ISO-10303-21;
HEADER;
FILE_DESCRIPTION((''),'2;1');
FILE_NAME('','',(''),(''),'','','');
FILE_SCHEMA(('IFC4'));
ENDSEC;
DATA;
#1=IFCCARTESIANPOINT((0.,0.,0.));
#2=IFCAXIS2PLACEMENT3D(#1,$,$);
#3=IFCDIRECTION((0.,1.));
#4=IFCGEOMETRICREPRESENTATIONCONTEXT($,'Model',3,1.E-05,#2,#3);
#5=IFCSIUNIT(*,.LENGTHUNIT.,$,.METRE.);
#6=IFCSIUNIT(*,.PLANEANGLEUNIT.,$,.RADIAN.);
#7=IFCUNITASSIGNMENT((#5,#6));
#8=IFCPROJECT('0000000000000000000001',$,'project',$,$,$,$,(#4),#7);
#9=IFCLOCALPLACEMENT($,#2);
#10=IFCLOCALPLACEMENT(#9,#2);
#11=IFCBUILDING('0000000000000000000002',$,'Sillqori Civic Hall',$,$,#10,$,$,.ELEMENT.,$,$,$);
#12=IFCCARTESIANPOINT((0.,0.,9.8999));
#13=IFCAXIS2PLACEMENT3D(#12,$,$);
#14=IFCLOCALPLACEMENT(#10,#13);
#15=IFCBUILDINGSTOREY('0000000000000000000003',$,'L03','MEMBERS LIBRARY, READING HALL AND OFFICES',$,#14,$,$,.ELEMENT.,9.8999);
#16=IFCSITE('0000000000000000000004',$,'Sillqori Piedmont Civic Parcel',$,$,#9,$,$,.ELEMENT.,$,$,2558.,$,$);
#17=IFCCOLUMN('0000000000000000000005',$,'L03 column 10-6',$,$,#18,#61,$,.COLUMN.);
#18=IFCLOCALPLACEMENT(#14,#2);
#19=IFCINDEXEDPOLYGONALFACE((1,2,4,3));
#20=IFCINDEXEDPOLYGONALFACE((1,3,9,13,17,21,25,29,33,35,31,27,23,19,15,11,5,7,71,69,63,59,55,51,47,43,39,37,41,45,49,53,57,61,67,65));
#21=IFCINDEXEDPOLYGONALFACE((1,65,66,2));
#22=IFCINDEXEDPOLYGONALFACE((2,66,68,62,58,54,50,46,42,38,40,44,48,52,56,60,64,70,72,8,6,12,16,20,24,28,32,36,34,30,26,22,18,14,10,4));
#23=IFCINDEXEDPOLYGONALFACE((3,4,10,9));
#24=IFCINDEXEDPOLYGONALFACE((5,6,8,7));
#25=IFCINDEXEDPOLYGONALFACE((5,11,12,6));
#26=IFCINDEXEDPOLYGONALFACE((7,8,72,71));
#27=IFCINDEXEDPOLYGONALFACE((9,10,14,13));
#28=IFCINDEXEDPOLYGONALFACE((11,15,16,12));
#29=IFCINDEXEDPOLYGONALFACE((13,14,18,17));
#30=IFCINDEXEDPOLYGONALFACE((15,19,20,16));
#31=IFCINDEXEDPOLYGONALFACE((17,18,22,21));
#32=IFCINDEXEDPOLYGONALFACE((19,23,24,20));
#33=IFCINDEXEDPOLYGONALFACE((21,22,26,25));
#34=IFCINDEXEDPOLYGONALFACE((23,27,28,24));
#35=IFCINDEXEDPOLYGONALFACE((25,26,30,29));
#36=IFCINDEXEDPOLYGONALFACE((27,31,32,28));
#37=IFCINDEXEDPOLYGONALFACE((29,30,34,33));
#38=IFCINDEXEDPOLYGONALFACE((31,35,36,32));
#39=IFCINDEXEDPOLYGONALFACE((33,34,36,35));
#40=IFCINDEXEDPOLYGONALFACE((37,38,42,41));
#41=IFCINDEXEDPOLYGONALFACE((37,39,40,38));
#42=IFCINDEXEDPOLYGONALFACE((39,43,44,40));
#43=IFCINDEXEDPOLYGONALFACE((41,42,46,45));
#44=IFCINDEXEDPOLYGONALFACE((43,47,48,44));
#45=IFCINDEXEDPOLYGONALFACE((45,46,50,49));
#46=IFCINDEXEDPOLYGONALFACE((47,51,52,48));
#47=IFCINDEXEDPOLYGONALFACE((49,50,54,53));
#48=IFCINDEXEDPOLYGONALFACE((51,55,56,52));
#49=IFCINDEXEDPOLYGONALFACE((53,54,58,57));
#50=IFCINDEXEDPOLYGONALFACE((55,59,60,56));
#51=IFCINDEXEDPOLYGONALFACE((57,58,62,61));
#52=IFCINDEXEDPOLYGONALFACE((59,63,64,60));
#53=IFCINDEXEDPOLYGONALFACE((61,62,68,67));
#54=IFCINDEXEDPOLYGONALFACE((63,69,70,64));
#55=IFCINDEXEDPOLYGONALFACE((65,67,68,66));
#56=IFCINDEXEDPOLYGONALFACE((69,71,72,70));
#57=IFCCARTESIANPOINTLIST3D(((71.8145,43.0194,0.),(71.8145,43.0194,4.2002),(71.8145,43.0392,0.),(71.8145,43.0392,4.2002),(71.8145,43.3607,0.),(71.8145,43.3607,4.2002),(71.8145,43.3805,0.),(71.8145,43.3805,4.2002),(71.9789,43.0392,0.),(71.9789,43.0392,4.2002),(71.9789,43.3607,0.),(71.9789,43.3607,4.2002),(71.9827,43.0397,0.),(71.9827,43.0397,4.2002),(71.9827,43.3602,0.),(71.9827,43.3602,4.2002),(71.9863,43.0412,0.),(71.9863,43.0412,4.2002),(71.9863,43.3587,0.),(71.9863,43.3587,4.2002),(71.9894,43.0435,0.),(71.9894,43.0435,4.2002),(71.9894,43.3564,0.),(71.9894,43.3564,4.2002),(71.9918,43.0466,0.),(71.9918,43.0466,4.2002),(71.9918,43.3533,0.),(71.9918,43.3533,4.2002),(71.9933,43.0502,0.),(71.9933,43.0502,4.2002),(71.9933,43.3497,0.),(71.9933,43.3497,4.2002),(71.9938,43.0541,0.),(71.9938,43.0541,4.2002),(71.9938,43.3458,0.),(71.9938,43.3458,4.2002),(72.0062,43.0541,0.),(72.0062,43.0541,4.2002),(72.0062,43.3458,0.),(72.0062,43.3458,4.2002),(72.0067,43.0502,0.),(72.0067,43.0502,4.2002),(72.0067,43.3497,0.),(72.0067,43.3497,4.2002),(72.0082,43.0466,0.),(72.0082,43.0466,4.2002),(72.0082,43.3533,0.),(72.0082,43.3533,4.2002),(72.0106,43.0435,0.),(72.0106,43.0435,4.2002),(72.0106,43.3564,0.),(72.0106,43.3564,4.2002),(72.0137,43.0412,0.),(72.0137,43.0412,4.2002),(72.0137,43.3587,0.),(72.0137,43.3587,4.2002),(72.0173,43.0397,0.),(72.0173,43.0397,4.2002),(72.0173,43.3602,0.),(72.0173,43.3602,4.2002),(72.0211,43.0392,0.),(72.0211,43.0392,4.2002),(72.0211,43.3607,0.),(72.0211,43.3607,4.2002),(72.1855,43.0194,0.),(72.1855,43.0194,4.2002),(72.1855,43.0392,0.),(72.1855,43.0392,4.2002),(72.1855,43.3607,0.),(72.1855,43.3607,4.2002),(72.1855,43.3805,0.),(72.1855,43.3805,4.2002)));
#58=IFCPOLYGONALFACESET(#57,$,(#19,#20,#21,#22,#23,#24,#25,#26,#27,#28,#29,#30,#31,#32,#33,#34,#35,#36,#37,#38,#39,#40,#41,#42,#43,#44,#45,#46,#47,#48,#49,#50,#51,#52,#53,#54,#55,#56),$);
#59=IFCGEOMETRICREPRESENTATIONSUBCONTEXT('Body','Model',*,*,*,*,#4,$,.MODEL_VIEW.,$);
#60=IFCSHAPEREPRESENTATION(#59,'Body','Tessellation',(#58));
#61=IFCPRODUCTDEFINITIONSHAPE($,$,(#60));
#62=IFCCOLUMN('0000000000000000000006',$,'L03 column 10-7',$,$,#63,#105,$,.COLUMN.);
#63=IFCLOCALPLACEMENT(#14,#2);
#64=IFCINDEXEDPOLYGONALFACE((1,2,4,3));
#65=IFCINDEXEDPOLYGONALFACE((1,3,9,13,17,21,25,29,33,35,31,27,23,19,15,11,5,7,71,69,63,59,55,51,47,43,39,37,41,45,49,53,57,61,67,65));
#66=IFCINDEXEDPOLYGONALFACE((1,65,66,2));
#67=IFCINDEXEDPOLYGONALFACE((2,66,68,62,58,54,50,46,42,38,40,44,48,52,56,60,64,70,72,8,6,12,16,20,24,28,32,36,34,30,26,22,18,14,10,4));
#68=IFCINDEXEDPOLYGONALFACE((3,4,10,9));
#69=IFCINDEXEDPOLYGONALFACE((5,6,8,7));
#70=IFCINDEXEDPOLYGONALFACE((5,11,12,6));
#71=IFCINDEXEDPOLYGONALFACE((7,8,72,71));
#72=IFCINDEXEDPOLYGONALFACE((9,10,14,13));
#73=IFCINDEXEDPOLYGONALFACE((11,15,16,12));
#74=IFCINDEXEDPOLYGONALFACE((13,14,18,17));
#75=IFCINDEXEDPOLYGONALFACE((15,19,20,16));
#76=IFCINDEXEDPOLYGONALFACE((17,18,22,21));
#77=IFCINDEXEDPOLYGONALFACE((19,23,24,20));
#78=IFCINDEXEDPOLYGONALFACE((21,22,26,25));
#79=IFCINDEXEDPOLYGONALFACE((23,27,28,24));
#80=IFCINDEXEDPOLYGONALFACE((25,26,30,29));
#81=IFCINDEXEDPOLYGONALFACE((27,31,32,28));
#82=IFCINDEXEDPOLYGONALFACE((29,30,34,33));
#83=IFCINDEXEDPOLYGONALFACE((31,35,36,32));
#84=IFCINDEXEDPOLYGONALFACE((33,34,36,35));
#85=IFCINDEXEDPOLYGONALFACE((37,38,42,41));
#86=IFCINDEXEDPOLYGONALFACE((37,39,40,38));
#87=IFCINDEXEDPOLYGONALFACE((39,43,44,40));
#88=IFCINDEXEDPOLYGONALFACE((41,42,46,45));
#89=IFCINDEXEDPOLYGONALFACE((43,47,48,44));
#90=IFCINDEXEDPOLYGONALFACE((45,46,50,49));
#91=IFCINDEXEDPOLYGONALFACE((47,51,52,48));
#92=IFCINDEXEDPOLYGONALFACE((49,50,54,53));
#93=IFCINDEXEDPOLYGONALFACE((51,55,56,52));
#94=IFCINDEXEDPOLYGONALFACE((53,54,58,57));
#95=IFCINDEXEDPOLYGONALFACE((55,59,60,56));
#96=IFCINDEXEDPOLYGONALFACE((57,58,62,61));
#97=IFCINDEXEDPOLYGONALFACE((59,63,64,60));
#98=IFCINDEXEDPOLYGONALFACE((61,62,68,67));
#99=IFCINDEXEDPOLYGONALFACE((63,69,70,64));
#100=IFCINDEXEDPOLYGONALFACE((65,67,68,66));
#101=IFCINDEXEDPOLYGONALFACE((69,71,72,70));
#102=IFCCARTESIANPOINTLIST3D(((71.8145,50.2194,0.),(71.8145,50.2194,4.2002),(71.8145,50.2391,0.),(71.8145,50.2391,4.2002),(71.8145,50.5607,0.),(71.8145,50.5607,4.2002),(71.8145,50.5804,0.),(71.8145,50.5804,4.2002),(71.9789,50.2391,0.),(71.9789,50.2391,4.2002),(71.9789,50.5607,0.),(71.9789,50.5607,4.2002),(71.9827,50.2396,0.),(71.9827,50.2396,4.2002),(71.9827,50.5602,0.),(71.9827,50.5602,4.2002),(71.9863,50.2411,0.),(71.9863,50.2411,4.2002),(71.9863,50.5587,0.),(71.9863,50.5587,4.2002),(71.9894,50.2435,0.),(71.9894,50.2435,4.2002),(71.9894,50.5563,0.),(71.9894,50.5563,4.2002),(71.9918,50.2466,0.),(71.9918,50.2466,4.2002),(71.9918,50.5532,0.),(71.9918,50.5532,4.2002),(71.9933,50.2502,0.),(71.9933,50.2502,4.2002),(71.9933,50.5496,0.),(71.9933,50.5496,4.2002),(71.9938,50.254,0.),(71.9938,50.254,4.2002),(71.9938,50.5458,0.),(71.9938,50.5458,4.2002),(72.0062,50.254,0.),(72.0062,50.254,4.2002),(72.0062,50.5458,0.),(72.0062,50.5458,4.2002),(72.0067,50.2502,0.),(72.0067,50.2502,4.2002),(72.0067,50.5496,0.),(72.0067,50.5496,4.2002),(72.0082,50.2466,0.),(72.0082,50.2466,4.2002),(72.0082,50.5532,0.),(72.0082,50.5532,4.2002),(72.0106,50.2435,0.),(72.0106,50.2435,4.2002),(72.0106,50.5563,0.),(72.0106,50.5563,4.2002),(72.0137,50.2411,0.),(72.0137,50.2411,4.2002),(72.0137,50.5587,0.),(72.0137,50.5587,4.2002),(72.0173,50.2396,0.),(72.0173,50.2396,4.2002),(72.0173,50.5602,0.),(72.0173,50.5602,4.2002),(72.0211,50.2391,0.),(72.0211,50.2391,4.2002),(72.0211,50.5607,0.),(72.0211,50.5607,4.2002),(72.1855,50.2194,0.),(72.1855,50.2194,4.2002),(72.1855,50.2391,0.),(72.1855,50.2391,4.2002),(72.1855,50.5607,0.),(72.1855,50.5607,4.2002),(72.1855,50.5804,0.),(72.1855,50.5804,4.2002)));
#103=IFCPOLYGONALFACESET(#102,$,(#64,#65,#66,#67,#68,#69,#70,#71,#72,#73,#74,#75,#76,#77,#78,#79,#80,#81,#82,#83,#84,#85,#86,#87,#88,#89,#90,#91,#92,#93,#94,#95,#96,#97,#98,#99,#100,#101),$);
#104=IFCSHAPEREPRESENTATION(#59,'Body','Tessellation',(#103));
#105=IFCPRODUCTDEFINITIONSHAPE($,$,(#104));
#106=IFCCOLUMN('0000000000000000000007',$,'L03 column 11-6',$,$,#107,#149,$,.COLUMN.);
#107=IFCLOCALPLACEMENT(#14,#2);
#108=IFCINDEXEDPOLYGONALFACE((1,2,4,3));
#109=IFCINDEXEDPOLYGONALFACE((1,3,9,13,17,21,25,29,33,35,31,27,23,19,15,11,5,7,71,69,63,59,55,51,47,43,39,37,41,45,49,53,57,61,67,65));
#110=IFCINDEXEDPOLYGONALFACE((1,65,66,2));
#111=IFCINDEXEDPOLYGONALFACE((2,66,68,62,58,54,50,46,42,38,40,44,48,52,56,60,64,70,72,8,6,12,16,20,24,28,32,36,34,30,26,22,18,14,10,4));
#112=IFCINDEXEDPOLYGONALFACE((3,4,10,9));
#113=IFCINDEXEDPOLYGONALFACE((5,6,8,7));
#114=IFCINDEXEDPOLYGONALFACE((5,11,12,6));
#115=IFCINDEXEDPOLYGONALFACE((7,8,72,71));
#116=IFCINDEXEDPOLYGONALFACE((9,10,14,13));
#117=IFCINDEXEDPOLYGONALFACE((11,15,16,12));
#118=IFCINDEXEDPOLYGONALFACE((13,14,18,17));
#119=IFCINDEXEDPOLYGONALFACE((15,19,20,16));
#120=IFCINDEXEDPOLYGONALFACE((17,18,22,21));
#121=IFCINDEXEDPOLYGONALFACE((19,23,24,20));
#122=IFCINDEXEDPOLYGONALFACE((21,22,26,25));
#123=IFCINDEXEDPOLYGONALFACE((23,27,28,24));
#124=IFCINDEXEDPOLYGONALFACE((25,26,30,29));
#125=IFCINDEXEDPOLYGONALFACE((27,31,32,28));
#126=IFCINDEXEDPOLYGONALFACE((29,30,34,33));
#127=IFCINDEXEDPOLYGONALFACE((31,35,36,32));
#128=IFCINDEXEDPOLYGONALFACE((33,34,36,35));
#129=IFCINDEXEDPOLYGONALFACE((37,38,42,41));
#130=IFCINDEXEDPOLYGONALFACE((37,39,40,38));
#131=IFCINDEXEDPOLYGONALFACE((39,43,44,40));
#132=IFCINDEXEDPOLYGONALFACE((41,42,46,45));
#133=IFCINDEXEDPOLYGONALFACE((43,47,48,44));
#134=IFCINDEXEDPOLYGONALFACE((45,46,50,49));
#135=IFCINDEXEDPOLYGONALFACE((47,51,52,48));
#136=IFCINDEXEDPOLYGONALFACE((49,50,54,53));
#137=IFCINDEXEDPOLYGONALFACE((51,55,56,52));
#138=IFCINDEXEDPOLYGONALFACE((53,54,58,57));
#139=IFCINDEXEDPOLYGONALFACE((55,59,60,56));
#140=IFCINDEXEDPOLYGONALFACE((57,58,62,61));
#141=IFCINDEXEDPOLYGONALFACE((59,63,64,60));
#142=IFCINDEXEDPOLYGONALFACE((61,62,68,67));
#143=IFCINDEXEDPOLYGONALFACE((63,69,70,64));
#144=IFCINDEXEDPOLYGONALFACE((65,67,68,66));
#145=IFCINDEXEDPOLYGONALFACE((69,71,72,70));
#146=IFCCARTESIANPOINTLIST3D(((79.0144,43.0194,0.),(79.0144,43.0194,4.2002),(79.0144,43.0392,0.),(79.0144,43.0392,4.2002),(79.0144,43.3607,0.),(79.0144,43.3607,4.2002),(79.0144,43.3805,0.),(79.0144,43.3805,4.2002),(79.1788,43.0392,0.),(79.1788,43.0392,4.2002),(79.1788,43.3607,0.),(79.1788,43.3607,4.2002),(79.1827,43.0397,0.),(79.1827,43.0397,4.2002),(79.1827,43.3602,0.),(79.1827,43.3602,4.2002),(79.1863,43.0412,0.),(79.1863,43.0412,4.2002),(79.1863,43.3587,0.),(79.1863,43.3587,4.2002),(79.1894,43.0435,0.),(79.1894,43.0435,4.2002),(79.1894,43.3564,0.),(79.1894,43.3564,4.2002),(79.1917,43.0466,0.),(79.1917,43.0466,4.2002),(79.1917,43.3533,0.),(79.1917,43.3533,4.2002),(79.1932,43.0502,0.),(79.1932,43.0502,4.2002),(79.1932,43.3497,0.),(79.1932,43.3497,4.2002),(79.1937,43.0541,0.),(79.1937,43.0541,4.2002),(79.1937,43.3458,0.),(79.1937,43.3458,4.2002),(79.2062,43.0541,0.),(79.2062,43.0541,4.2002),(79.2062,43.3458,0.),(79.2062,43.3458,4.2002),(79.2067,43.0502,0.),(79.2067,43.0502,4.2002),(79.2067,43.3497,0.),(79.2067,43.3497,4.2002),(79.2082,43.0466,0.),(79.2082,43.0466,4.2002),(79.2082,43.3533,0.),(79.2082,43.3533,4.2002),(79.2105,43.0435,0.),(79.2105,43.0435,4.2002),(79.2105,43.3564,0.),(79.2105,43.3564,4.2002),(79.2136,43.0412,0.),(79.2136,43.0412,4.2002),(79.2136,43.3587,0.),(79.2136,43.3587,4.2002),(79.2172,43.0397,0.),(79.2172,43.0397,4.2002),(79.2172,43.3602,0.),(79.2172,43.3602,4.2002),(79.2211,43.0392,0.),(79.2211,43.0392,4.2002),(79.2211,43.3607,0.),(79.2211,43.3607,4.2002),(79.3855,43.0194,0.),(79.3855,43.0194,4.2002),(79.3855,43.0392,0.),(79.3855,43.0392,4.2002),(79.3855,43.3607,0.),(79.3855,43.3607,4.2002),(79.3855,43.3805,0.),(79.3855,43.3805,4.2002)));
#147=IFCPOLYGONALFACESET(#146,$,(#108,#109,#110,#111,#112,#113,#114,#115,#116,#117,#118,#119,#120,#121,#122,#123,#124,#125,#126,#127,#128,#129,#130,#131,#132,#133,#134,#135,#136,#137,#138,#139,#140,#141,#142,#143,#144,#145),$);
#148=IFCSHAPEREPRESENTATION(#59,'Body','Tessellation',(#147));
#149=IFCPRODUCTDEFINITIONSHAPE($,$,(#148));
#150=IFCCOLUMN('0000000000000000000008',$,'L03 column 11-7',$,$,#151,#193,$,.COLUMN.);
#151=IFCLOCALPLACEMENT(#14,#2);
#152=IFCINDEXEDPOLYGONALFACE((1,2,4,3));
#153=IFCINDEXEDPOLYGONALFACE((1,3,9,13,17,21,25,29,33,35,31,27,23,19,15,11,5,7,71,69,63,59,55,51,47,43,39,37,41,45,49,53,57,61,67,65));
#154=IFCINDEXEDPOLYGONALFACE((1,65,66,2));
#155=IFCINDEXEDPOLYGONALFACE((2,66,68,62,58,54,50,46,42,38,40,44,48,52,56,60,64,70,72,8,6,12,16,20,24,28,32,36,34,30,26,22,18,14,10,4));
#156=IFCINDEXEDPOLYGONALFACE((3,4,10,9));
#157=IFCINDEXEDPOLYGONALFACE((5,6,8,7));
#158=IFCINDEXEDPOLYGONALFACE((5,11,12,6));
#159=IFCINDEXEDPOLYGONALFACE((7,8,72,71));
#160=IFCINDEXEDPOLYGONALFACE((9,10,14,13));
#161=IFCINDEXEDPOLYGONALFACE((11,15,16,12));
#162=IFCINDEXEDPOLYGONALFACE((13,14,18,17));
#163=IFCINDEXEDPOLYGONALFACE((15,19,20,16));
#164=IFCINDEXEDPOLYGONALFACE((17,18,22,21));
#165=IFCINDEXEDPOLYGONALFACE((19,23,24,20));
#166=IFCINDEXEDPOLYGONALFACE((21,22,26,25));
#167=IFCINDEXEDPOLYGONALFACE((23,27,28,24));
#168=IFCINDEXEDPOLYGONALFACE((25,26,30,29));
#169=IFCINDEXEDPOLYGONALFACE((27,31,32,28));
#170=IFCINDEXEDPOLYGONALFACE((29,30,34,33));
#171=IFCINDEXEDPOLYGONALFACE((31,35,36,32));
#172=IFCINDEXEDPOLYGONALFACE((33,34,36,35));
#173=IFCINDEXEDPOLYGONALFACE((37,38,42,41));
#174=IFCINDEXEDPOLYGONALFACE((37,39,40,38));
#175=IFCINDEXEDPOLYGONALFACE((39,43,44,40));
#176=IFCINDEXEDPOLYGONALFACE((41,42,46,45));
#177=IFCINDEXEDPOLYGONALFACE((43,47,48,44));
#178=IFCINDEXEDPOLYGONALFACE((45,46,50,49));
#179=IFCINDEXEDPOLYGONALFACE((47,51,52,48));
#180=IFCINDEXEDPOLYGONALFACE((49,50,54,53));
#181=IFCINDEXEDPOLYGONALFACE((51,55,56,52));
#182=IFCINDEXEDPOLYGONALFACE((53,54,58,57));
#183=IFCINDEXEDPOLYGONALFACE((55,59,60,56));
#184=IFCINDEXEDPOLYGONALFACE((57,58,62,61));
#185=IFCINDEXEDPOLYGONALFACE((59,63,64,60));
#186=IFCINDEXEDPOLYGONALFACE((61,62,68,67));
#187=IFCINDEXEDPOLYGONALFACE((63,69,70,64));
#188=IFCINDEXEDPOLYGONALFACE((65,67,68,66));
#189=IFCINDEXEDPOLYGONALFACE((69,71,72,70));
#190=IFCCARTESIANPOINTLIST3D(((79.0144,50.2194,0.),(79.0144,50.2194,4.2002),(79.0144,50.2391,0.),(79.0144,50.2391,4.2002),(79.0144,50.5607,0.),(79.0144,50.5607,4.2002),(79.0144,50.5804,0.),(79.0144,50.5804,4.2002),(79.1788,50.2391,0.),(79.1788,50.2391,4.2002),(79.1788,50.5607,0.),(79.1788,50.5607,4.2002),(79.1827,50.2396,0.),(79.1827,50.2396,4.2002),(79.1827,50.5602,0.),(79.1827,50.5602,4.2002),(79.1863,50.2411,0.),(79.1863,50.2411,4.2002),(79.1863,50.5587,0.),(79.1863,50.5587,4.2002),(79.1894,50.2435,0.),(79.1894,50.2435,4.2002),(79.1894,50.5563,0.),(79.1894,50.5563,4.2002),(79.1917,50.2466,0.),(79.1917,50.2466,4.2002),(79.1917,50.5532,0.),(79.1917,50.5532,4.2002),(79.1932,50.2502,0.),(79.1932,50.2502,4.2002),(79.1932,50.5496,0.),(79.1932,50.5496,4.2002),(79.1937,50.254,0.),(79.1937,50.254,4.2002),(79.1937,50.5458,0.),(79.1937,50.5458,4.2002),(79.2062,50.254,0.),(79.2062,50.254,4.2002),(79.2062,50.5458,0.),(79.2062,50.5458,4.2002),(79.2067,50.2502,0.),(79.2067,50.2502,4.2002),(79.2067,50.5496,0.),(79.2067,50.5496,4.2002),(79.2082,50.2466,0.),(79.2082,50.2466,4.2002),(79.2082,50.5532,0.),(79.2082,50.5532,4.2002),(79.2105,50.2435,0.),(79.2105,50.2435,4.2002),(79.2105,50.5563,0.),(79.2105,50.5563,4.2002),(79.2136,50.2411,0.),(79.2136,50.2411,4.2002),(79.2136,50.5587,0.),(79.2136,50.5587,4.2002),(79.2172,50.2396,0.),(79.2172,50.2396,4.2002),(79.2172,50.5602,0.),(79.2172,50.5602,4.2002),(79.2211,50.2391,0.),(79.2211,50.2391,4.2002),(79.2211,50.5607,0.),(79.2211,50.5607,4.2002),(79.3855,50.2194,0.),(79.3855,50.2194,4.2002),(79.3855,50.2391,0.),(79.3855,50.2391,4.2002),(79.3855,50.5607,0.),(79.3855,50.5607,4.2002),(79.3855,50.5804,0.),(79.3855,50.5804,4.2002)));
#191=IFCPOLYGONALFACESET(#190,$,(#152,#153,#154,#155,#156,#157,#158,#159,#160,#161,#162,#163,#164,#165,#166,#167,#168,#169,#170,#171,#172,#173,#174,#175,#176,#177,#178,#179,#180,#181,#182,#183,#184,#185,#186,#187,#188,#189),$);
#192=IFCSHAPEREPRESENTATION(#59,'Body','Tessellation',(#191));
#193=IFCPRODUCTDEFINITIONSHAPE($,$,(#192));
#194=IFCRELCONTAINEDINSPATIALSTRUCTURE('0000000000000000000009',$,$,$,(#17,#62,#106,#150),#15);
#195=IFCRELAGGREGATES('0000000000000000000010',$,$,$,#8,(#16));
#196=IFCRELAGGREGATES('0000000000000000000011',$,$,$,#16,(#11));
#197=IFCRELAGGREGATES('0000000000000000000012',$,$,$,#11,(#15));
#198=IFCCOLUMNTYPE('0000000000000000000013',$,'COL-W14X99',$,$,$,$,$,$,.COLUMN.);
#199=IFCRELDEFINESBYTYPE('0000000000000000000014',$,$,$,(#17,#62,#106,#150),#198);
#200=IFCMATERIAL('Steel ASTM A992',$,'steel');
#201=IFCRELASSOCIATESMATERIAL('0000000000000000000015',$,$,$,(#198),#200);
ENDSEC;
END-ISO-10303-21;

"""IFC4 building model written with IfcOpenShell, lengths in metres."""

from ifc_helpers import new_model, si_unit, direction, frame, origin, origin_2d, place, context, subcontext, project, spatial, i_section, extrude, material, material_profile, profile_set, type_object, element, save


model = new_model("IFC4")

# Units and contexts
model_context = context("Model", 3, precision=1e-05, world=origin(), true_north=direction((0.0, 1.0)))
body_context = subcontext(model_context, "Body", "Model", "MODEL_VIEW")
ifc_project = project(units=[si_unit("LENGTHUNIT", "METRE"), si_unit("PLANEANGLEUNIT", "RADIAN")], contexts=[model_context])

# Site, building, storey
site_placement = place(None, origin())
site = spatial("IfcSite", under=ifc_project, at=site_placement, Name="Sillqori Piedmont Civic Parcel", CompositionType="ELEMENT", RefElevation=2558.0)
building_placement = place(site_placement, origin())
building = spatial("IfcBuilding", under=site, at=building_placement, Name="Sillqori Civic Hall", CompositionType="ELEMENT")
storey_placement = place(building_placement, frame((0.0, 0.0, 9.8999)))
storey = spatial("IfcBuildingStorey", under=building, at=storey_placement, Name="L03", Description="MEMBERS LIBRARY, READING HALL AND OFFICES", CompositionType="ELEMENT", Elevation=9.8999)

# Columns
ifc_material_1 = material(Name="Steel ASTM A992", Category="steel")
ifc_material_profile_1 = material_profile(ifc_material_1, i_section(OverallWidth=0.3711, OverallDepth=0.3611, WebThickness=0.0125, FlangeThickness=0.0198, FilletRadius=0.0149, at=origin_2d()), Name="W14X99")
ifc_profile_set_1 = profile_set([ifc_material_profile_1], Name="Steel ASTM A992")
column_type = type_object("IfcColumnType", Name="COL-W14X99", PredefinedType="COLUMN", material=ifc_profile_set_1)
for number, where, z_axis, x_axis, name in (
    (1, (72.0, 43.2, 0.0), (0.0, 0.0, 1.0), (1.0, 0.0, 0.0), "L03 column 10-6"),
    (2, (72.0, 50.3999, 0.0), (0.0, 0.0, 1.0), (1.0, 0.0, 0.0), "L03 column 10-7"),
    (3, (79.2, 43.2, 0.0), (0.0, 0.0, 1.0), (1.0, 0.0, 0.0), "L03 column 11-6"),
    (4, (79.2, 50.3999, 0.0), (0.0, 0.0, 1.0), (1.0, 0.0, 0.0), "L03 column 11-7"),
):
    element("IfcColumn", number, at=place(storey_placement, frame(where, z_axis=z_axis, x_axis=x_axis)), inside=storey, type_object=column_type, Name=name, PredefinedType="COLUMN", context=body_context, shape_type="SweptSolid", body=[
        extrude(i_section(OverallWidth=0.3711, OverallDepth=0.3611, WebThickness=0.0125, FlangeThickness=0.0198, FilletRadius=0.0149, at=origin_2d()), origin(), (0.0, 0.0, 1.0), 4.2002),
    ])

save(model, "model.ifc")
